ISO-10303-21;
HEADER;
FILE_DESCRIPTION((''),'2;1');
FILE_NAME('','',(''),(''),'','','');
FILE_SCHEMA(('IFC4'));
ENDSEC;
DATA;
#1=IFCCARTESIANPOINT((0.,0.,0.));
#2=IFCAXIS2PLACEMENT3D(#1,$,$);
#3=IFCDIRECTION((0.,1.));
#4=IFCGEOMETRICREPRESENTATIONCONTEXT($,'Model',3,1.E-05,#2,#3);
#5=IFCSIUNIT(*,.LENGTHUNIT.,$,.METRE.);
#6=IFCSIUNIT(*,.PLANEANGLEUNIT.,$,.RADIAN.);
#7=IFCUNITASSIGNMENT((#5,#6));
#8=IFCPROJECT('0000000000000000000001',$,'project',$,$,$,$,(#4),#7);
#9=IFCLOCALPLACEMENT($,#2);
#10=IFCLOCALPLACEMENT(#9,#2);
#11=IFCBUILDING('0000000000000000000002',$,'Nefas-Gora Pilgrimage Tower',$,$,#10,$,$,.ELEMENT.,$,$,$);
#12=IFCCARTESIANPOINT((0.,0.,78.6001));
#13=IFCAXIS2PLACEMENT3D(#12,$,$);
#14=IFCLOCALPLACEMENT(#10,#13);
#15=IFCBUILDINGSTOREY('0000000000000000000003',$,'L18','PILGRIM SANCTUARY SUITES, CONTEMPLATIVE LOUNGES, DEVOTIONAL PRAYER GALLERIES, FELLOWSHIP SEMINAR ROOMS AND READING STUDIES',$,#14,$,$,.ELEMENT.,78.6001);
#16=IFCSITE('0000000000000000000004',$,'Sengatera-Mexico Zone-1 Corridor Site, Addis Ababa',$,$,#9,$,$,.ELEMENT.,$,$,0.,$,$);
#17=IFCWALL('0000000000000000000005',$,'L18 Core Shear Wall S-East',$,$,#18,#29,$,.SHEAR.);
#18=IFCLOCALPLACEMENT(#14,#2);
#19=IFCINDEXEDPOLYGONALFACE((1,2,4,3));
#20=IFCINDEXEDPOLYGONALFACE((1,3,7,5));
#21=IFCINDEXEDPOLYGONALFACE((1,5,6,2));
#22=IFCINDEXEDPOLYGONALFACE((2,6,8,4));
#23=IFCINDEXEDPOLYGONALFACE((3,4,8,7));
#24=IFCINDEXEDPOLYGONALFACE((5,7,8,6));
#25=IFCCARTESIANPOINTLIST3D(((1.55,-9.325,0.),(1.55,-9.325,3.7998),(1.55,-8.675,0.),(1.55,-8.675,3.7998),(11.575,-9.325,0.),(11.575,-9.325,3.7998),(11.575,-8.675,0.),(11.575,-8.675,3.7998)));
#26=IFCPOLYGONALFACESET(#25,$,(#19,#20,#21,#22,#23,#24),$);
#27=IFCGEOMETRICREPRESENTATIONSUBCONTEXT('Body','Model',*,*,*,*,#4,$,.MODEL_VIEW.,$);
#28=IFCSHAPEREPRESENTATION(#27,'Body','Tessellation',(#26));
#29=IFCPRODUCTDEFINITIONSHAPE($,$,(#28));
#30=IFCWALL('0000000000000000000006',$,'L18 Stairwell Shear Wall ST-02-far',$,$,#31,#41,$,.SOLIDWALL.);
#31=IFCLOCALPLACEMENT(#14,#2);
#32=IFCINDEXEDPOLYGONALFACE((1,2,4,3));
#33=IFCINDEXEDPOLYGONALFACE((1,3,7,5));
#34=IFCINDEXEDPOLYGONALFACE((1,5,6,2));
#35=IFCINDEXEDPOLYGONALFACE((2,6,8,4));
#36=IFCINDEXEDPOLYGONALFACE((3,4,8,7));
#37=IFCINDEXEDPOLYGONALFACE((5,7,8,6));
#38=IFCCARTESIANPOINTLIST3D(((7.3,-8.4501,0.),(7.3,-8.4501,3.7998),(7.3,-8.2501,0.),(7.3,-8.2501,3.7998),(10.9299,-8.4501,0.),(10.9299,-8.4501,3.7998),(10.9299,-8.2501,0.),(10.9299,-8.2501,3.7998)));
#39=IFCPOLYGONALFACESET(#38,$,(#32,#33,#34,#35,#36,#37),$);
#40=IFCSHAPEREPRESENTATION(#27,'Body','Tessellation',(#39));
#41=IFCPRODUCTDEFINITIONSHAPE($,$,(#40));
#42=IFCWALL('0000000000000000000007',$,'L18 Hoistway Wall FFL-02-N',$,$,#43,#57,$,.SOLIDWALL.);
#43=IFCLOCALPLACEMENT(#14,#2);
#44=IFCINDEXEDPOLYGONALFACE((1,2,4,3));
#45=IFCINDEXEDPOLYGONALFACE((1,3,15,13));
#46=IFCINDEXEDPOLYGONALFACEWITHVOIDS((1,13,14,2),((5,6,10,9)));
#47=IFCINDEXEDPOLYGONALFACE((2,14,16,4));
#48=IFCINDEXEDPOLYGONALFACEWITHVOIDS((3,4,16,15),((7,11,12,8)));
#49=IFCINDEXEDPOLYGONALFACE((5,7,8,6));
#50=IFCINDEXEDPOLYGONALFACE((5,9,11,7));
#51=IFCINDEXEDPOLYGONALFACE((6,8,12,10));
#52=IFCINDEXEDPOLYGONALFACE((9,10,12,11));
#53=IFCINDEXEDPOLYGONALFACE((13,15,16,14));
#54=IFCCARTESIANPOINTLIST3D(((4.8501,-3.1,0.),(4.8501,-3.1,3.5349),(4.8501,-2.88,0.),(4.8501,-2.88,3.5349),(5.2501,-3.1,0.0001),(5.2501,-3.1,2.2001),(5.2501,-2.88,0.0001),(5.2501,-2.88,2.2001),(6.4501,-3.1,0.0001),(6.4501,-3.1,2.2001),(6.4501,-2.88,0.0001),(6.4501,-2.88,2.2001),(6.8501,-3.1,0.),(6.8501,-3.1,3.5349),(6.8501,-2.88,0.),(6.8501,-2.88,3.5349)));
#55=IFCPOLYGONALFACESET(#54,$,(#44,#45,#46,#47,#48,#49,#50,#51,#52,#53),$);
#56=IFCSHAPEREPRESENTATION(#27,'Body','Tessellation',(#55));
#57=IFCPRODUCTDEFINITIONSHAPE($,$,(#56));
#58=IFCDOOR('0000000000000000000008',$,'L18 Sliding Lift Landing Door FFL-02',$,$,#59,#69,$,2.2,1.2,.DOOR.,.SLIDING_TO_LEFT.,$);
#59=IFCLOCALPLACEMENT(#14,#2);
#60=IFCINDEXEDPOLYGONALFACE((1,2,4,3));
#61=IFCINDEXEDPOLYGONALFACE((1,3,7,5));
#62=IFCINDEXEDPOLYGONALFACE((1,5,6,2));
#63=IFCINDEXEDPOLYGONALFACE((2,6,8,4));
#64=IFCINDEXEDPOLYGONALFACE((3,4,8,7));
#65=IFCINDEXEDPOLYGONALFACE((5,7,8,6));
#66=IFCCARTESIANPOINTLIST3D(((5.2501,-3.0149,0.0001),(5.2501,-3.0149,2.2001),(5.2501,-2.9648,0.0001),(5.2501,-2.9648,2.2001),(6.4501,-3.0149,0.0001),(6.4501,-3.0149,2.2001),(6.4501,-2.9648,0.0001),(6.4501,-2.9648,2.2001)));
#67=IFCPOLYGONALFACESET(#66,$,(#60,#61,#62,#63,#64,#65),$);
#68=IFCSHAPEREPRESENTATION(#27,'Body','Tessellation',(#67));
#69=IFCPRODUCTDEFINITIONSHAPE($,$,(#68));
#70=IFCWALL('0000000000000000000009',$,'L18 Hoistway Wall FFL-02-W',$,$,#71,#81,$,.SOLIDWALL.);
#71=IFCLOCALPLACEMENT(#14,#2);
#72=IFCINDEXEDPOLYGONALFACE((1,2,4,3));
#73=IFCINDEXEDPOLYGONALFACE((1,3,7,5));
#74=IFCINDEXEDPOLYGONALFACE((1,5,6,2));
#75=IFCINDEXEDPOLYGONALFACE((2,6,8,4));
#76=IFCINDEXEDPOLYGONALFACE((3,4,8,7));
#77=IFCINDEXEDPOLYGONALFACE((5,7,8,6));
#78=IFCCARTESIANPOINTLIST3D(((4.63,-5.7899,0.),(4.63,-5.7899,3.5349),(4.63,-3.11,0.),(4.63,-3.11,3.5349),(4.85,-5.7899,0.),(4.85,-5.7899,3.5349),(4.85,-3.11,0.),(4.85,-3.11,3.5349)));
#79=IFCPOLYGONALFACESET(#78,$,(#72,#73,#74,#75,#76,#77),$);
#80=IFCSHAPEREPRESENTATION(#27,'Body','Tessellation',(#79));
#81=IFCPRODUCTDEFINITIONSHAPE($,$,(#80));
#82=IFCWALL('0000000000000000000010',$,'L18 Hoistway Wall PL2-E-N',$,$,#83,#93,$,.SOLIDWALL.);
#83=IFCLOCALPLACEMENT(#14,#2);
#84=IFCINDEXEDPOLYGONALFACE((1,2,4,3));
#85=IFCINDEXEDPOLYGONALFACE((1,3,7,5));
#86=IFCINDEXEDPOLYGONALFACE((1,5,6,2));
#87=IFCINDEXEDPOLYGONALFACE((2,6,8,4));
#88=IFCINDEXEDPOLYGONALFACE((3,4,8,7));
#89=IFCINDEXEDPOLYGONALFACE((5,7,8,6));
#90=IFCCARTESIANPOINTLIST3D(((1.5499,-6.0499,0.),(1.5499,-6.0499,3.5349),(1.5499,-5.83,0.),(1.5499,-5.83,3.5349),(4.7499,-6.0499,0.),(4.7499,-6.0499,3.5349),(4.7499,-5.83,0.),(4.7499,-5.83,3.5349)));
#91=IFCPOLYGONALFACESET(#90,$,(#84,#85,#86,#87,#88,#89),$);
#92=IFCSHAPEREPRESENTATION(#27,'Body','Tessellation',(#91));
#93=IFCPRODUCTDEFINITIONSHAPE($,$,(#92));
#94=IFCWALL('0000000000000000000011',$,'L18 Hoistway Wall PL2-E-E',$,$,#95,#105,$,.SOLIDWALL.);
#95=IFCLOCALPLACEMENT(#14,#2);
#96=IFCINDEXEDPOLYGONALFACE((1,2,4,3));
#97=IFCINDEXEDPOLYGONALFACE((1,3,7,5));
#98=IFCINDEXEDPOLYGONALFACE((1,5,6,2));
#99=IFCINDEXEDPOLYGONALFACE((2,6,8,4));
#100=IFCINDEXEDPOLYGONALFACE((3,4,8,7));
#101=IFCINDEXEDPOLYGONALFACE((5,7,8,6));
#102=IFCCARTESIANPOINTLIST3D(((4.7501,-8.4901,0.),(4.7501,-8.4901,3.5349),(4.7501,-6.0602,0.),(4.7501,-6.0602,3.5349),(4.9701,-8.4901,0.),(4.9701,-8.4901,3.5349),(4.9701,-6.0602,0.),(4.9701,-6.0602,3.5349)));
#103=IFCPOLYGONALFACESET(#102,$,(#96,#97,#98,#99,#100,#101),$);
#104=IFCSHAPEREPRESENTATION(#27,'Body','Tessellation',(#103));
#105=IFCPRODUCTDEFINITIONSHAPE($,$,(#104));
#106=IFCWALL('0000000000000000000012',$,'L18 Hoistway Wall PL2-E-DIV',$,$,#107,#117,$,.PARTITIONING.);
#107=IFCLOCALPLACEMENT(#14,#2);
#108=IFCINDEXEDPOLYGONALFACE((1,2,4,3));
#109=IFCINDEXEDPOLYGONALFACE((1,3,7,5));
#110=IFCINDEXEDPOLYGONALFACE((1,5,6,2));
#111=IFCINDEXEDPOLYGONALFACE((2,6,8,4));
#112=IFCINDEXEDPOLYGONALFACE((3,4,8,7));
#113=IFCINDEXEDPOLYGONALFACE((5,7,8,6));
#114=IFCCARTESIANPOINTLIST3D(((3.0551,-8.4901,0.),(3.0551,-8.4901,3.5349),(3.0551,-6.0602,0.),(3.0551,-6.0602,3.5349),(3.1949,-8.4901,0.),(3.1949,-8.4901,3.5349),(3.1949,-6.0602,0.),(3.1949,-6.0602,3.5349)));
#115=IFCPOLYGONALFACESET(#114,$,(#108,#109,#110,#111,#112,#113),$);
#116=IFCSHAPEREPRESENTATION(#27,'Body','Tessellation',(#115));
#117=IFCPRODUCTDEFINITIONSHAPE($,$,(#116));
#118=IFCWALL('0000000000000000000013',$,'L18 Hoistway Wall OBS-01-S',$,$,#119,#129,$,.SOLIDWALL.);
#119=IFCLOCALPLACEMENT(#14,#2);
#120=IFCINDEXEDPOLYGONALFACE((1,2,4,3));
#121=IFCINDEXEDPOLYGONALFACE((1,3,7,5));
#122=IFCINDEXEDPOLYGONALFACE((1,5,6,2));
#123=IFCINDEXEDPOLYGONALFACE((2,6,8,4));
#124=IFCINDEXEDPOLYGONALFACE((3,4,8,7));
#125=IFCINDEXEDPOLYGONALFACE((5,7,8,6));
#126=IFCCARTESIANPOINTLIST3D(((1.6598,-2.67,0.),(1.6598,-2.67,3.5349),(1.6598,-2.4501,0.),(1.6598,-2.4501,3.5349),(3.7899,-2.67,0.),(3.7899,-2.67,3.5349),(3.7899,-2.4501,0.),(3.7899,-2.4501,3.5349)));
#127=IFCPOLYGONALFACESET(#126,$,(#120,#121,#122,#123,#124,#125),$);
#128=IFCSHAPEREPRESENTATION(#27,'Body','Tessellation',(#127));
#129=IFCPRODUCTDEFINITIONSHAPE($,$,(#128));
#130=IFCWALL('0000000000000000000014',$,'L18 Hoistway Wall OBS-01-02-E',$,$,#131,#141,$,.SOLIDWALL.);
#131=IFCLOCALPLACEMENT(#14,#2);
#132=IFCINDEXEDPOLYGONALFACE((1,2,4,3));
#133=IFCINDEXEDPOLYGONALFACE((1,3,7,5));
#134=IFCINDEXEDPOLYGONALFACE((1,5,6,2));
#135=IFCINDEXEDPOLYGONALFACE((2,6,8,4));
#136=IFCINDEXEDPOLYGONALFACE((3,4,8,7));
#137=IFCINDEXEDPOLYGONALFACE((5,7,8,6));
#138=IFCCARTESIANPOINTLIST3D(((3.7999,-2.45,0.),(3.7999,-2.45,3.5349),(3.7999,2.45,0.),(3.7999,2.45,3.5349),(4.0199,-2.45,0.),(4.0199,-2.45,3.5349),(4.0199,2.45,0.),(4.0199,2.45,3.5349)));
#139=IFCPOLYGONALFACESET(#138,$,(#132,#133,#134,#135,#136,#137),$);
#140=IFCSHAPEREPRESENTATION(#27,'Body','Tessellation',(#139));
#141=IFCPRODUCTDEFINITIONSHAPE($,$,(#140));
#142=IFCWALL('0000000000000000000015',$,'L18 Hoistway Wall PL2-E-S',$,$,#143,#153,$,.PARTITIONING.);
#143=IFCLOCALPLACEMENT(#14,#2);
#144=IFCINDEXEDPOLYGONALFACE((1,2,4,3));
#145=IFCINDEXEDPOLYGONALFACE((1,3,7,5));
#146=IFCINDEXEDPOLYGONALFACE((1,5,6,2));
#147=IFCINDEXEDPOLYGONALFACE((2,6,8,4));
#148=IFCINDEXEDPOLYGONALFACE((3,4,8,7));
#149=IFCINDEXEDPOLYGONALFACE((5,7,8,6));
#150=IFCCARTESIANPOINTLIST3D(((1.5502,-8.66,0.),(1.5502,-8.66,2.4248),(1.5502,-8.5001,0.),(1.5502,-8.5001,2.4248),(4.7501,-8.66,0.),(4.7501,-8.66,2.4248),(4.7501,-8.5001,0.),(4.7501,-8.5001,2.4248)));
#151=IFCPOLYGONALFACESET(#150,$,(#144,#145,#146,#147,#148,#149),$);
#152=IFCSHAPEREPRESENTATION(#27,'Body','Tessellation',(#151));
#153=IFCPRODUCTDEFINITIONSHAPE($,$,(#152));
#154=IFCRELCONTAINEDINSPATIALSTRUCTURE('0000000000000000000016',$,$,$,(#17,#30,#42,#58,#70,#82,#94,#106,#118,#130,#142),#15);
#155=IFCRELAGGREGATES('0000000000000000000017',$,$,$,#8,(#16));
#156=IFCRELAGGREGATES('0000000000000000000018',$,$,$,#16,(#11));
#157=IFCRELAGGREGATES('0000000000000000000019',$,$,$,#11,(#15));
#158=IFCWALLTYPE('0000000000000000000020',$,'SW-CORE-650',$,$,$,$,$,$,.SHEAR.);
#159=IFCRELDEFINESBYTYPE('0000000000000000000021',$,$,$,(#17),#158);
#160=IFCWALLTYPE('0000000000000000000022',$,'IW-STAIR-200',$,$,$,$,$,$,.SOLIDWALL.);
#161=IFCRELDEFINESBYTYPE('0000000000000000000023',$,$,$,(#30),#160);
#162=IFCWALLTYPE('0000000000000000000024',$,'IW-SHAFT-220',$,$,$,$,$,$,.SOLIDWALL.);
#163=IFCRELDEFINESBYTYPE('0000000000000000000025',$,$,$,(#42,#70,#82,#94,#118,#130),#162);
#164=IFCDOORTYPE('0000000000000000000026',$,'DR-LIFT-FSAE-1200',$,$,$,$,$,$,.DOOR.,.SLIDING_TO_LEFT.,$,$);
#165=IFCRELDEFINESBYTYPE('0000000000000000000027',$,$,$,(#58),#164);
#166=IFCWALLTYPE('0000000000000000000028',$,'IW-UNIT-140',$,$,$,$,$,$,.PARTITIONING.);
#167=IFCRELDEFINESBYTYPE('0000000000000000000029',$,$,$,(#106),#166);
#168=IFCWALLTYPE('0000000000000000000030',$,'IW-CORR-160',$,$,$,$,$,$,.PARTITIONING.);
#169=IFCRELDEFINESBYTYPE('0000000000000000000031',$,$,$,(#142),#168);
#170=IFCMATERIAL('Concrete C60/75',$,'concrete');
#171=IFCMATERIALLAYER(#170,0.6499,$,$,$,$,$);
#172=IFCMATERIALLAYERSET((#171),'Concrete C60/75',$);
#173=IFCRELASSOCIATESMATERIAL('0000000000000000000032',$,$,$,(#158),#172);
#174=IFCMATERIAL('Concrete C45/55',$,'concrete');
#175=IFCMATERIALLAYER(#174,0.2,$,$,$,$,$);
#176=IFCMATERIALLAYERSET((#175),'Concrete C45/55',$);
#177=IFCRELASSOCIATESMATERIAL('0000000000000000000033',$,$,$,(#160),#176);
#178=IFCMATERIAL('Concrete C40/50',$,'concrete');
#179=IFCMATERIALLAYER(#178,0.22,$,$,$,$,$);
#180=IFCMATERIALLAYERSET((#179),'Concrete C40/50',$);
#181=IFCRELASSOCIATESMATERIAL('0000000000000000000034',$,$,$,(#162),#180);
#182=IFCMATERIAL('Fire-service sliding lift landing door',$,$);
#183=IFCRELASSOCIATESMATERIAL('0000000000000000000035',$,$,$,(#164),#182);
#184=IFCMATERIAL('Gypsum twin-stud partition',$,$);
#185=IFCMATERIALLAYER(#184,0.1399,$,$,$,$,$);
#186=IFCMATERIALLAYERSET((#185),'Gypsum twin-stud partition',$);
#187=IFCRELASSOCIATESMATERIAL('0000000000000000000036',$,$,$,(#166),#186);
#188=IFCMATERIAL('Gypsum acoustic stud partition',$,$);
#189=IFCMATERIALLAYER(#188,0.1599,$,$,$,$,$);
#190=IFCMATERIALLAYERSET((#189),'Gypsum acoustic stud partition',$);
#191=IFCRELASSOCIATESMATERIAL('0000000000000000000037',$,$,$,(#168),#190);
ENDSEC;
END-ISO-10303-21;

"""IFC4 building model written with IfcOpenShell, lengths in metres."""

from ifc_helpers import new_model, si_unit, direction, frame, frame_2d, origin, place, context, subcontext, project, spatial, rectangle, extrude, source, transform, mapped, material, layer, layer_set, type_object, element, fill, save


model = new_model("IFC4")

# Units and contexts
model_context = context("Model", 3, precision=1e-05, world=origin(), true_north=direction((0.0, 1.0)))
body_context = subcontext(model_context, "Body", "Model", "MODEL_VIEW")
ifc_project = project(units=[si_unit("LENGTHUNIT", "METRE"), si_unit("PLANEANGLEUNIT", "RADIAN")], contexts=[model_context])

# Site, building, storey
site_placement = place(None, origin())
site = spatial("IfcSite", under=ifc_project, at=site_placement, Name="Sengatera-Mexico Zone-1 Corridor Site, Addis Ababa", CompositionType="ELEMENT", RefElevation=0.0)
building_placement = place(site_placement, origin())
building = spatial("IfcBuilding", under=site, at=building_placement, Name="Nefas-Gora Pilgrimage Tower", CompositionType="ELEMENT")
storey_placement = place(building_placement, frame((0.0, 0.0, 78.6001)))
storey = spatial("IfcBuildingStorey", under=building, at=storey_placement, Name="L18", Description="PILGRIM SANCTUARY SUITES, CONTEMPLATIVE LOUNGES, DEVOTIONAL PRAYER GALLERIES, FELLOWSHIP SEMINAR ROOMS AND READING STUDIES", CompositionType="ELEMENT", Elevation=78.6001)

# Walls
ifc_material_1 = material(Name="Concrete C60/75", Category="concrete")
ifc_layer_1 = layer(ifc_material_1, 0.6499)
ifc_layer_set_1 = layer_set([ifc_layer_1], Name="Concrete C60/75")
wall_type_1 = type_object("IfcWallType", Name="SW-CORE-650", PredefinedType="SHEAR", material=ifc_layer_set_1)
shared_shape_1 = source(origin(), body_context, "Body", "SweptSolid", [
    extrude(rectangle(XDim=10.0249, YDim=0.6499, at=frame_2d((5.0125, 0.0))), origin(), (0.0, 0.0, 1.0), 3.7998),
])
wall_1_placement = place(storey_placement, frame((1.55, -9.0, 0.0), z_axis=(0.0, 0.0, 1.0), x_axis=(1.0, 0.0, 0.0)))
element("IfcWall", 1, at=wall_1_placement, inside=storey, type_object=wall_type_1, Name="L18 Core Shear Wall S-East", PredefinedType="SHEAR", context=body_context, shape_type="MappedRepresentation", body=[
    mapped(shared_shape_1, transform((0.0, 0.0, 0.0), x_axis=(1.0, 0.0, 0.0), y_axis=(0.0, 1.0, 0.0), z_axis=(0.0, 0.0, 1.0), scale=1.0)),
])
ifc_material_2 = material(Name="Concrete C45/55", Category="concrete")
ifc_layer_2 = layer(ifc_material_2, 0.2)
ifc_layer_set_2 = layer_set([ifc_layer_2], Name="Concrete C45/55")
wall_type_2 = type_object("IfcWallType", Name="IW-STAIR-200", PredefinedType="SOLIDWALL", material=ifc_layer_set_2)
shared_shape_2 = source(origin(), body_context, "Body", "SweptSolid", [
    extrude(rectangle(XDim=3.6299, YDim=0.2, at=frame_2d((1.8149, 0.0))), origin(), (0.0, 0.0, 1.0), 3.7998),
])
wall_2_placement = place(storey_placement, frame((7.3, -8.3501, 0.0), z_axis=(0.0, 0.0, 1.0), x_axis=(1.0, 0.0, 0.0)))
element("IfcWall", 2, at=wall_2_placement, inside=storey, type_object=wall_type_2, Name="L18 Stairwell Shear Wall ST-02-far", PredefinedType="SOLIDWALL", context=body_context, shape_type="MappedRepresentation", body=[
    mapped(shared_shape_2, transform((0.0, 0.0, 0.0), x_axis=(1.0, 0.0, 0.0), y_axis=(0.0, 1.0, 0.0), z_axis=(0.0, 0.0, 1.0), scale=1.0)),
])

# Wall, opening, door
ifc_material_3 = material(Name="Concrete C40/50", Category="concrete")
ifc_layer_3 = layer(ifc_material_3, 0.22)
ifc_layer_set_3 = layer_set([ifc_layer_3], Name="Concrete C40/50")
wall_type_3 = type_object("IfcWallType", Name="IW-SHAFT-220", PredefinedType="SOLIDWALL", material=ifc_layer_set_3)
shared_shape_3 = source(origin(), body_context, "Body", "SweptSolid", [
    extrude(rectangle(XDim=2.0, YDim=0.22, at=frame_2d((1.0, 0.0))), origin(), (0.0, 0.0, 1.0), 3.5349),
])
wall_3_placement = place(storey_placement, frame((6.8501, -2.99, 0.0), z_axis=(0.0, 0.0, 1.0), x_axis=(-1.0, 0.0, 0.0)))
wall_3 = element("IfcWall", 3, at=wall_3_placement, inside=storey, type_object=wall_type_3, Name="L18 Hoistway Wall FFL-02-N", PredefinedType="SOLIDWALL", context=body_context, shape_type="MappedRepresentation", body=[
    mapped(shared_shape_3, transform((0.0, 0.0, 0.0), x_axis=(1.0, 0.0, 0.0), y_axis=(0.0, 1.0, 0.0), z_axis=(0.0, 0.0, 1.0), scale=1.0)),
])
opening_1_placement = place(wall_3_placement, frame((0.3999, 0.0, 0.0)))
opening_1 = element("IfcOpeningElement", 4, at=opening_1_placement, cuts=wall_3, PredefinedType="OPENING", context=body_context, shape_type="SweptSolid", body=[
    extrude(rectangle(XDim=1.2, YDim=2.2, at=frame_2d((0.6001, 1.1001))), frame((0.0, 0.1199, 0.0), z_axis=(0.0, -1.0, 0.0), x_axis=(1.0, 0.0, 0.0)), (0.0, 0.0, 1.0), 0.24),
])
ifc_material_4 = material(Name="Fire-service sliding lift landing door")
door_type_1 = type_object("IfcDoorType", Name="DR-LIFT-FSAE-1200", OperationType="SLIDING_TO_LEFT", PredefinedType="DOOR", material=ifc_material_4)
shared_shape_4 = source(origin(), body_context, "Body", "SweptSolid", [
    extrude(rectangle(XDim=1.2, YDim=2.2, at=frame_2d((0.6001, 1.1001))), frame((0.0, 0.0249, 0.0), z_axis=(0.0, -1.0, 0.0), x_axis=(1.0, 0.0, 0.0)), (0.0, 0.0, 1.0), 0.05),
])
door_1_placement = place(opening_1_placement, origin())
door_1 = element("IfcDoor", 5, at=door_1_placement, inside=storey, type_object=door_type_1, Name="L18 Sliding Lift Landing Door FFL-02", OperationType="SLIDING_TO_LEFT", OverallHeight=2.2, OverallWidth=1.2, PredefinedType="DOOR", context=body_context, shape_type="MappedRepresentation", body=[
    mapped(shared_shape_4, transform((0.0, 0.0, 0.0), x_axis=(1.0, 0.0, 0.0), y_axis=(0.0, 1.0, 0.0), z_axis=(0.0, 0.0, 1.0), scale=1.0)),
])
fill(opening_1, door_1)

# Walls
shared_shape_5 = source(origin(), body_context, "Body", "SweptSolid", [
    extrude(rectangle(XDim=2.6799, YDim=0.22, at=frame_2d((1.3398, 0.0))), origin(), (0.0, 0.0, 1.0), 3.5349),
])
wall_4_placement = place(storey_placement, frame((4.74, -3.1101, 0.0), z_axis=(0.0, 0.0, 1.0), x_axis=(0.0, -1.0, 0.0)))
element("IfcWall", 6, at=wall_4_placement, inside=storey, type_object=wall_type_3, Name="L18 Hoistway Wall FFL-02-W", PredefinedType="SOLIDWALL", context=body_context, shape_type="MappedRepresentation", body=[
    mapped(shared_shape_5, transform((0.0, 0.0, 0.0), x_axis=(1.0, 0.0, 0.0), y_axis=(0.0, 1.0, 0.0), z_axis=(0.0, 0.0, 1.0), scale=1.0)),
])
shared_shape_6 = source(origin(), body_context, "Body", "SweptSolid", [
    extrude(rectangle(XDim=3.2, YDim=0.22, at=frame_2d((1.6001, 0.0))), origin(), (0.0, 0.0, 1.0), 3.5349),
])
wall_5_placement = place(storey_placement, frame((4.75, -5.9399, 0.0), z_axis=(0.0, 0.0, 1.0), x_axis=(-1.0, 0.0, 0.0)))
element("IfcWall", 7, at=wall_5_placement, inside=storey, type_object=wall_type_3, Name="L18 Hoistway Wall PL2-E-N", PredefinedType="SOLIDWALL", context=body_context, shape_type="MappedRepresentation", body=[
    mapped(shared_shape_6, transform((0.0, 0.0, 0.0), x_axis=(1.0, 0.0, 0.0), y_axis=(0.0, 1.0, 0.0), z_axis=(0.0, 0.0, 1.0), scale=1.0)),
])
shared_shape_7 = source(origin(), body_context, "Body", "SweptSolid", [
    extrude(rectangle(XDim=2.4299, YDim=0.22, at=frame_2d((1.2148, 0.0))), origin(), (0.0, 0.0, 1.0), 3.5349),
])
wall_6_placement = place(storey_placement, frame((4.8601, -8.49, 0.0), z_axis=(0.0, 0.0, 1.0), x_axis=(0.0, 1.0, 0.0)))
element("IfcWall", 8, at=wall_6_placement, inside=storey, type_object=wall_type_3, Name="L18 Hoistway Wall PL2-E-E", PredefinedType="SOLIDWALL", context=body_context, shape_type="MappedRepresentation", body=[
    mapped(shared_shape_7, transform((0.0, 0.0, 0.0), x_axis=(1.0, 0.0, 0.0), y_axis=(0.0, 1.0, 0.0), z_axis=(0.0, 0.0, 1.0), scale=1.0)),
])
ifc_material_5 = material(Name="Gypsum twin-stud partition")
ifc_layer_4 = layer(ifc_material_5, 0.1399)
ifc_layer_set_4 = layer_set([ifc_layer_4], Name="Gypsum twin-stud partition")
wall_type_4 = type_object("IfcWallType", Name="IW-UNIT-140", PredefinedType="PARTITIONING", material=ifc_layer_set_4)
shared_shape_8 = source(origin(), body_context, "Body", "SweptSolid", [
    extrude(rectangle(XDim=2.4299, YDim=0.1399, at=frame_2d((1.2148, 0.0))), origin(), (0.0, 0.0, 1.0), 3.5349),
])
wall_7_placement = place(storey_placement, frame((3.125, -8.49, 0.0), z_axis=(0.0, 0.0, 1.0), x_axis=(0.0, 1.0, 0.0)))
element("IfcWall", 9, at=wall_7_placement, inside=storey, type_object=wall_type_4, Name="L18 Hoistway Wall PL2-E-DIV", PredefinedType="PARTITIONING", context=body_context, shape_type="MappedRepresentation", body=[
    mapped(shared_shape_8, transform((0.0, 0.0, 0.0), x_axis=(1.0, 0.0, 0.0), y_axis=(0.0, 1.0, 0.0), z_axis=(0.0, 0.0, 1.0), scale=1.0)),
])
shared_shape_9 = source(origin(), body_context, "Body", "SweptSolid", [
    extrude(rectangle(XDim=2.1301, YDim=0.22, at=frame_2d((1.0649, 0.0))), origin(), (0.0, 0.0, 1.0), 3.5349),
])
wall_8_placement = place(storey_placement, frame((1.6599, -2.5601, 0.0), z_axis=(0.0, 0.0, 1.0), x_axis=(1.0, 0.0, 0.0)))
element("IfcWall", 10, at=wall_8_placement, inside=storey, type_object=wall_type_3, Name="L18 Hoistway Wall OBS-01-S", PredefinedType="SOLIDWALL", context=body_context, shape_type="MappedRepresentation", body=[
    mapped(shared_shape_9, transform((0.0, 0.0, 0.0), x_axis=(1.0, 0.0, 0.0), y_axis=(0.0, 1.0, 0.0), z_axis=(0.0, 0.0, 1.0), scale=1.0)),
])
shared_shape_10 = source(origin(), body_context, "Body", "SweptSolid", [
    extrude(rectangle(XDim=4.8999, YDim=0.22, at=frame_2d((2.45, 0.0))), origin(), (0.0, 0.0, 1.0), 3.5349),
])
wall_9_placement = place(storey_placement, frame((3.9099, -2.45, 0.0), z_axis=(0.0, 0.0, 1.0), x_axis=(0.0, 1.0, 0.0)))
element("IfcWall", 11, at=wall_9_placement, inside=storey, type_object=wall_type_3, Name="L18 Hoistway Wall OBS-01-02-E", PredefinedType="SOLIDWALL", context=body_context, shape_type="MappedRepresentation", body=[
    mapped(shared_shape_10, transform((0.0, 0.0, 0.0), x_axis=(1.0, 0.0, 0.0), y_axis=(0.0, 1.0, 0.0), z_axis=(0.0, 0.0, 1.0), scale=1.0)),
])
ifc_material_6 = material(Name="Gypsum acoustic stud partition")
ifc_layer_5 = layer(ifc_material_6, 0.1599)
ifc_layer_set_5 = layer_set([ifc_layer_5], Name="Gypsum acoustic stud partition")
wall_type_5 = type_object("IfcWallType", Name="IW-CORR-160", PredefinedType="PARTITIONING", material=ifc_layer_set_5)
shared_shape_11 = source(origin(), body_context, "Body", "SweptSolid", [
    extrude(rectangle(XDim=3.2, YDim=0.1599, at=frame_2d((1.6001, 0.0))), origin(), (0.0, 0.0, 1.0), 2.4248),
])
wall_10_placement = place(storey_placement, frame((1.55, -8.5801, 0.0), z_axis=(0.0, 0.0, 1.0), x_axis=(1.0, 0.0, 0.0)))
element("IfcWall", 12, at=wall_10_placement, inside=storey, type_object=wall_type_5, Name="L18 Hoistway Wall PL2-E-S", PredefinedType="PARTITIONING", context=body_context, shape_type="MappedRepresentation", body=[
    mapped(shared_shape_11, transform((0.0, 0.0, 0.0), x_axis=(1.0, 0.0, 0.0), y_axis=(0.0, 1.0, 0.0), z_axis=(0.0, 0.0, 1.0), scale=1.0)),
])

save(model, "model.ifc")
